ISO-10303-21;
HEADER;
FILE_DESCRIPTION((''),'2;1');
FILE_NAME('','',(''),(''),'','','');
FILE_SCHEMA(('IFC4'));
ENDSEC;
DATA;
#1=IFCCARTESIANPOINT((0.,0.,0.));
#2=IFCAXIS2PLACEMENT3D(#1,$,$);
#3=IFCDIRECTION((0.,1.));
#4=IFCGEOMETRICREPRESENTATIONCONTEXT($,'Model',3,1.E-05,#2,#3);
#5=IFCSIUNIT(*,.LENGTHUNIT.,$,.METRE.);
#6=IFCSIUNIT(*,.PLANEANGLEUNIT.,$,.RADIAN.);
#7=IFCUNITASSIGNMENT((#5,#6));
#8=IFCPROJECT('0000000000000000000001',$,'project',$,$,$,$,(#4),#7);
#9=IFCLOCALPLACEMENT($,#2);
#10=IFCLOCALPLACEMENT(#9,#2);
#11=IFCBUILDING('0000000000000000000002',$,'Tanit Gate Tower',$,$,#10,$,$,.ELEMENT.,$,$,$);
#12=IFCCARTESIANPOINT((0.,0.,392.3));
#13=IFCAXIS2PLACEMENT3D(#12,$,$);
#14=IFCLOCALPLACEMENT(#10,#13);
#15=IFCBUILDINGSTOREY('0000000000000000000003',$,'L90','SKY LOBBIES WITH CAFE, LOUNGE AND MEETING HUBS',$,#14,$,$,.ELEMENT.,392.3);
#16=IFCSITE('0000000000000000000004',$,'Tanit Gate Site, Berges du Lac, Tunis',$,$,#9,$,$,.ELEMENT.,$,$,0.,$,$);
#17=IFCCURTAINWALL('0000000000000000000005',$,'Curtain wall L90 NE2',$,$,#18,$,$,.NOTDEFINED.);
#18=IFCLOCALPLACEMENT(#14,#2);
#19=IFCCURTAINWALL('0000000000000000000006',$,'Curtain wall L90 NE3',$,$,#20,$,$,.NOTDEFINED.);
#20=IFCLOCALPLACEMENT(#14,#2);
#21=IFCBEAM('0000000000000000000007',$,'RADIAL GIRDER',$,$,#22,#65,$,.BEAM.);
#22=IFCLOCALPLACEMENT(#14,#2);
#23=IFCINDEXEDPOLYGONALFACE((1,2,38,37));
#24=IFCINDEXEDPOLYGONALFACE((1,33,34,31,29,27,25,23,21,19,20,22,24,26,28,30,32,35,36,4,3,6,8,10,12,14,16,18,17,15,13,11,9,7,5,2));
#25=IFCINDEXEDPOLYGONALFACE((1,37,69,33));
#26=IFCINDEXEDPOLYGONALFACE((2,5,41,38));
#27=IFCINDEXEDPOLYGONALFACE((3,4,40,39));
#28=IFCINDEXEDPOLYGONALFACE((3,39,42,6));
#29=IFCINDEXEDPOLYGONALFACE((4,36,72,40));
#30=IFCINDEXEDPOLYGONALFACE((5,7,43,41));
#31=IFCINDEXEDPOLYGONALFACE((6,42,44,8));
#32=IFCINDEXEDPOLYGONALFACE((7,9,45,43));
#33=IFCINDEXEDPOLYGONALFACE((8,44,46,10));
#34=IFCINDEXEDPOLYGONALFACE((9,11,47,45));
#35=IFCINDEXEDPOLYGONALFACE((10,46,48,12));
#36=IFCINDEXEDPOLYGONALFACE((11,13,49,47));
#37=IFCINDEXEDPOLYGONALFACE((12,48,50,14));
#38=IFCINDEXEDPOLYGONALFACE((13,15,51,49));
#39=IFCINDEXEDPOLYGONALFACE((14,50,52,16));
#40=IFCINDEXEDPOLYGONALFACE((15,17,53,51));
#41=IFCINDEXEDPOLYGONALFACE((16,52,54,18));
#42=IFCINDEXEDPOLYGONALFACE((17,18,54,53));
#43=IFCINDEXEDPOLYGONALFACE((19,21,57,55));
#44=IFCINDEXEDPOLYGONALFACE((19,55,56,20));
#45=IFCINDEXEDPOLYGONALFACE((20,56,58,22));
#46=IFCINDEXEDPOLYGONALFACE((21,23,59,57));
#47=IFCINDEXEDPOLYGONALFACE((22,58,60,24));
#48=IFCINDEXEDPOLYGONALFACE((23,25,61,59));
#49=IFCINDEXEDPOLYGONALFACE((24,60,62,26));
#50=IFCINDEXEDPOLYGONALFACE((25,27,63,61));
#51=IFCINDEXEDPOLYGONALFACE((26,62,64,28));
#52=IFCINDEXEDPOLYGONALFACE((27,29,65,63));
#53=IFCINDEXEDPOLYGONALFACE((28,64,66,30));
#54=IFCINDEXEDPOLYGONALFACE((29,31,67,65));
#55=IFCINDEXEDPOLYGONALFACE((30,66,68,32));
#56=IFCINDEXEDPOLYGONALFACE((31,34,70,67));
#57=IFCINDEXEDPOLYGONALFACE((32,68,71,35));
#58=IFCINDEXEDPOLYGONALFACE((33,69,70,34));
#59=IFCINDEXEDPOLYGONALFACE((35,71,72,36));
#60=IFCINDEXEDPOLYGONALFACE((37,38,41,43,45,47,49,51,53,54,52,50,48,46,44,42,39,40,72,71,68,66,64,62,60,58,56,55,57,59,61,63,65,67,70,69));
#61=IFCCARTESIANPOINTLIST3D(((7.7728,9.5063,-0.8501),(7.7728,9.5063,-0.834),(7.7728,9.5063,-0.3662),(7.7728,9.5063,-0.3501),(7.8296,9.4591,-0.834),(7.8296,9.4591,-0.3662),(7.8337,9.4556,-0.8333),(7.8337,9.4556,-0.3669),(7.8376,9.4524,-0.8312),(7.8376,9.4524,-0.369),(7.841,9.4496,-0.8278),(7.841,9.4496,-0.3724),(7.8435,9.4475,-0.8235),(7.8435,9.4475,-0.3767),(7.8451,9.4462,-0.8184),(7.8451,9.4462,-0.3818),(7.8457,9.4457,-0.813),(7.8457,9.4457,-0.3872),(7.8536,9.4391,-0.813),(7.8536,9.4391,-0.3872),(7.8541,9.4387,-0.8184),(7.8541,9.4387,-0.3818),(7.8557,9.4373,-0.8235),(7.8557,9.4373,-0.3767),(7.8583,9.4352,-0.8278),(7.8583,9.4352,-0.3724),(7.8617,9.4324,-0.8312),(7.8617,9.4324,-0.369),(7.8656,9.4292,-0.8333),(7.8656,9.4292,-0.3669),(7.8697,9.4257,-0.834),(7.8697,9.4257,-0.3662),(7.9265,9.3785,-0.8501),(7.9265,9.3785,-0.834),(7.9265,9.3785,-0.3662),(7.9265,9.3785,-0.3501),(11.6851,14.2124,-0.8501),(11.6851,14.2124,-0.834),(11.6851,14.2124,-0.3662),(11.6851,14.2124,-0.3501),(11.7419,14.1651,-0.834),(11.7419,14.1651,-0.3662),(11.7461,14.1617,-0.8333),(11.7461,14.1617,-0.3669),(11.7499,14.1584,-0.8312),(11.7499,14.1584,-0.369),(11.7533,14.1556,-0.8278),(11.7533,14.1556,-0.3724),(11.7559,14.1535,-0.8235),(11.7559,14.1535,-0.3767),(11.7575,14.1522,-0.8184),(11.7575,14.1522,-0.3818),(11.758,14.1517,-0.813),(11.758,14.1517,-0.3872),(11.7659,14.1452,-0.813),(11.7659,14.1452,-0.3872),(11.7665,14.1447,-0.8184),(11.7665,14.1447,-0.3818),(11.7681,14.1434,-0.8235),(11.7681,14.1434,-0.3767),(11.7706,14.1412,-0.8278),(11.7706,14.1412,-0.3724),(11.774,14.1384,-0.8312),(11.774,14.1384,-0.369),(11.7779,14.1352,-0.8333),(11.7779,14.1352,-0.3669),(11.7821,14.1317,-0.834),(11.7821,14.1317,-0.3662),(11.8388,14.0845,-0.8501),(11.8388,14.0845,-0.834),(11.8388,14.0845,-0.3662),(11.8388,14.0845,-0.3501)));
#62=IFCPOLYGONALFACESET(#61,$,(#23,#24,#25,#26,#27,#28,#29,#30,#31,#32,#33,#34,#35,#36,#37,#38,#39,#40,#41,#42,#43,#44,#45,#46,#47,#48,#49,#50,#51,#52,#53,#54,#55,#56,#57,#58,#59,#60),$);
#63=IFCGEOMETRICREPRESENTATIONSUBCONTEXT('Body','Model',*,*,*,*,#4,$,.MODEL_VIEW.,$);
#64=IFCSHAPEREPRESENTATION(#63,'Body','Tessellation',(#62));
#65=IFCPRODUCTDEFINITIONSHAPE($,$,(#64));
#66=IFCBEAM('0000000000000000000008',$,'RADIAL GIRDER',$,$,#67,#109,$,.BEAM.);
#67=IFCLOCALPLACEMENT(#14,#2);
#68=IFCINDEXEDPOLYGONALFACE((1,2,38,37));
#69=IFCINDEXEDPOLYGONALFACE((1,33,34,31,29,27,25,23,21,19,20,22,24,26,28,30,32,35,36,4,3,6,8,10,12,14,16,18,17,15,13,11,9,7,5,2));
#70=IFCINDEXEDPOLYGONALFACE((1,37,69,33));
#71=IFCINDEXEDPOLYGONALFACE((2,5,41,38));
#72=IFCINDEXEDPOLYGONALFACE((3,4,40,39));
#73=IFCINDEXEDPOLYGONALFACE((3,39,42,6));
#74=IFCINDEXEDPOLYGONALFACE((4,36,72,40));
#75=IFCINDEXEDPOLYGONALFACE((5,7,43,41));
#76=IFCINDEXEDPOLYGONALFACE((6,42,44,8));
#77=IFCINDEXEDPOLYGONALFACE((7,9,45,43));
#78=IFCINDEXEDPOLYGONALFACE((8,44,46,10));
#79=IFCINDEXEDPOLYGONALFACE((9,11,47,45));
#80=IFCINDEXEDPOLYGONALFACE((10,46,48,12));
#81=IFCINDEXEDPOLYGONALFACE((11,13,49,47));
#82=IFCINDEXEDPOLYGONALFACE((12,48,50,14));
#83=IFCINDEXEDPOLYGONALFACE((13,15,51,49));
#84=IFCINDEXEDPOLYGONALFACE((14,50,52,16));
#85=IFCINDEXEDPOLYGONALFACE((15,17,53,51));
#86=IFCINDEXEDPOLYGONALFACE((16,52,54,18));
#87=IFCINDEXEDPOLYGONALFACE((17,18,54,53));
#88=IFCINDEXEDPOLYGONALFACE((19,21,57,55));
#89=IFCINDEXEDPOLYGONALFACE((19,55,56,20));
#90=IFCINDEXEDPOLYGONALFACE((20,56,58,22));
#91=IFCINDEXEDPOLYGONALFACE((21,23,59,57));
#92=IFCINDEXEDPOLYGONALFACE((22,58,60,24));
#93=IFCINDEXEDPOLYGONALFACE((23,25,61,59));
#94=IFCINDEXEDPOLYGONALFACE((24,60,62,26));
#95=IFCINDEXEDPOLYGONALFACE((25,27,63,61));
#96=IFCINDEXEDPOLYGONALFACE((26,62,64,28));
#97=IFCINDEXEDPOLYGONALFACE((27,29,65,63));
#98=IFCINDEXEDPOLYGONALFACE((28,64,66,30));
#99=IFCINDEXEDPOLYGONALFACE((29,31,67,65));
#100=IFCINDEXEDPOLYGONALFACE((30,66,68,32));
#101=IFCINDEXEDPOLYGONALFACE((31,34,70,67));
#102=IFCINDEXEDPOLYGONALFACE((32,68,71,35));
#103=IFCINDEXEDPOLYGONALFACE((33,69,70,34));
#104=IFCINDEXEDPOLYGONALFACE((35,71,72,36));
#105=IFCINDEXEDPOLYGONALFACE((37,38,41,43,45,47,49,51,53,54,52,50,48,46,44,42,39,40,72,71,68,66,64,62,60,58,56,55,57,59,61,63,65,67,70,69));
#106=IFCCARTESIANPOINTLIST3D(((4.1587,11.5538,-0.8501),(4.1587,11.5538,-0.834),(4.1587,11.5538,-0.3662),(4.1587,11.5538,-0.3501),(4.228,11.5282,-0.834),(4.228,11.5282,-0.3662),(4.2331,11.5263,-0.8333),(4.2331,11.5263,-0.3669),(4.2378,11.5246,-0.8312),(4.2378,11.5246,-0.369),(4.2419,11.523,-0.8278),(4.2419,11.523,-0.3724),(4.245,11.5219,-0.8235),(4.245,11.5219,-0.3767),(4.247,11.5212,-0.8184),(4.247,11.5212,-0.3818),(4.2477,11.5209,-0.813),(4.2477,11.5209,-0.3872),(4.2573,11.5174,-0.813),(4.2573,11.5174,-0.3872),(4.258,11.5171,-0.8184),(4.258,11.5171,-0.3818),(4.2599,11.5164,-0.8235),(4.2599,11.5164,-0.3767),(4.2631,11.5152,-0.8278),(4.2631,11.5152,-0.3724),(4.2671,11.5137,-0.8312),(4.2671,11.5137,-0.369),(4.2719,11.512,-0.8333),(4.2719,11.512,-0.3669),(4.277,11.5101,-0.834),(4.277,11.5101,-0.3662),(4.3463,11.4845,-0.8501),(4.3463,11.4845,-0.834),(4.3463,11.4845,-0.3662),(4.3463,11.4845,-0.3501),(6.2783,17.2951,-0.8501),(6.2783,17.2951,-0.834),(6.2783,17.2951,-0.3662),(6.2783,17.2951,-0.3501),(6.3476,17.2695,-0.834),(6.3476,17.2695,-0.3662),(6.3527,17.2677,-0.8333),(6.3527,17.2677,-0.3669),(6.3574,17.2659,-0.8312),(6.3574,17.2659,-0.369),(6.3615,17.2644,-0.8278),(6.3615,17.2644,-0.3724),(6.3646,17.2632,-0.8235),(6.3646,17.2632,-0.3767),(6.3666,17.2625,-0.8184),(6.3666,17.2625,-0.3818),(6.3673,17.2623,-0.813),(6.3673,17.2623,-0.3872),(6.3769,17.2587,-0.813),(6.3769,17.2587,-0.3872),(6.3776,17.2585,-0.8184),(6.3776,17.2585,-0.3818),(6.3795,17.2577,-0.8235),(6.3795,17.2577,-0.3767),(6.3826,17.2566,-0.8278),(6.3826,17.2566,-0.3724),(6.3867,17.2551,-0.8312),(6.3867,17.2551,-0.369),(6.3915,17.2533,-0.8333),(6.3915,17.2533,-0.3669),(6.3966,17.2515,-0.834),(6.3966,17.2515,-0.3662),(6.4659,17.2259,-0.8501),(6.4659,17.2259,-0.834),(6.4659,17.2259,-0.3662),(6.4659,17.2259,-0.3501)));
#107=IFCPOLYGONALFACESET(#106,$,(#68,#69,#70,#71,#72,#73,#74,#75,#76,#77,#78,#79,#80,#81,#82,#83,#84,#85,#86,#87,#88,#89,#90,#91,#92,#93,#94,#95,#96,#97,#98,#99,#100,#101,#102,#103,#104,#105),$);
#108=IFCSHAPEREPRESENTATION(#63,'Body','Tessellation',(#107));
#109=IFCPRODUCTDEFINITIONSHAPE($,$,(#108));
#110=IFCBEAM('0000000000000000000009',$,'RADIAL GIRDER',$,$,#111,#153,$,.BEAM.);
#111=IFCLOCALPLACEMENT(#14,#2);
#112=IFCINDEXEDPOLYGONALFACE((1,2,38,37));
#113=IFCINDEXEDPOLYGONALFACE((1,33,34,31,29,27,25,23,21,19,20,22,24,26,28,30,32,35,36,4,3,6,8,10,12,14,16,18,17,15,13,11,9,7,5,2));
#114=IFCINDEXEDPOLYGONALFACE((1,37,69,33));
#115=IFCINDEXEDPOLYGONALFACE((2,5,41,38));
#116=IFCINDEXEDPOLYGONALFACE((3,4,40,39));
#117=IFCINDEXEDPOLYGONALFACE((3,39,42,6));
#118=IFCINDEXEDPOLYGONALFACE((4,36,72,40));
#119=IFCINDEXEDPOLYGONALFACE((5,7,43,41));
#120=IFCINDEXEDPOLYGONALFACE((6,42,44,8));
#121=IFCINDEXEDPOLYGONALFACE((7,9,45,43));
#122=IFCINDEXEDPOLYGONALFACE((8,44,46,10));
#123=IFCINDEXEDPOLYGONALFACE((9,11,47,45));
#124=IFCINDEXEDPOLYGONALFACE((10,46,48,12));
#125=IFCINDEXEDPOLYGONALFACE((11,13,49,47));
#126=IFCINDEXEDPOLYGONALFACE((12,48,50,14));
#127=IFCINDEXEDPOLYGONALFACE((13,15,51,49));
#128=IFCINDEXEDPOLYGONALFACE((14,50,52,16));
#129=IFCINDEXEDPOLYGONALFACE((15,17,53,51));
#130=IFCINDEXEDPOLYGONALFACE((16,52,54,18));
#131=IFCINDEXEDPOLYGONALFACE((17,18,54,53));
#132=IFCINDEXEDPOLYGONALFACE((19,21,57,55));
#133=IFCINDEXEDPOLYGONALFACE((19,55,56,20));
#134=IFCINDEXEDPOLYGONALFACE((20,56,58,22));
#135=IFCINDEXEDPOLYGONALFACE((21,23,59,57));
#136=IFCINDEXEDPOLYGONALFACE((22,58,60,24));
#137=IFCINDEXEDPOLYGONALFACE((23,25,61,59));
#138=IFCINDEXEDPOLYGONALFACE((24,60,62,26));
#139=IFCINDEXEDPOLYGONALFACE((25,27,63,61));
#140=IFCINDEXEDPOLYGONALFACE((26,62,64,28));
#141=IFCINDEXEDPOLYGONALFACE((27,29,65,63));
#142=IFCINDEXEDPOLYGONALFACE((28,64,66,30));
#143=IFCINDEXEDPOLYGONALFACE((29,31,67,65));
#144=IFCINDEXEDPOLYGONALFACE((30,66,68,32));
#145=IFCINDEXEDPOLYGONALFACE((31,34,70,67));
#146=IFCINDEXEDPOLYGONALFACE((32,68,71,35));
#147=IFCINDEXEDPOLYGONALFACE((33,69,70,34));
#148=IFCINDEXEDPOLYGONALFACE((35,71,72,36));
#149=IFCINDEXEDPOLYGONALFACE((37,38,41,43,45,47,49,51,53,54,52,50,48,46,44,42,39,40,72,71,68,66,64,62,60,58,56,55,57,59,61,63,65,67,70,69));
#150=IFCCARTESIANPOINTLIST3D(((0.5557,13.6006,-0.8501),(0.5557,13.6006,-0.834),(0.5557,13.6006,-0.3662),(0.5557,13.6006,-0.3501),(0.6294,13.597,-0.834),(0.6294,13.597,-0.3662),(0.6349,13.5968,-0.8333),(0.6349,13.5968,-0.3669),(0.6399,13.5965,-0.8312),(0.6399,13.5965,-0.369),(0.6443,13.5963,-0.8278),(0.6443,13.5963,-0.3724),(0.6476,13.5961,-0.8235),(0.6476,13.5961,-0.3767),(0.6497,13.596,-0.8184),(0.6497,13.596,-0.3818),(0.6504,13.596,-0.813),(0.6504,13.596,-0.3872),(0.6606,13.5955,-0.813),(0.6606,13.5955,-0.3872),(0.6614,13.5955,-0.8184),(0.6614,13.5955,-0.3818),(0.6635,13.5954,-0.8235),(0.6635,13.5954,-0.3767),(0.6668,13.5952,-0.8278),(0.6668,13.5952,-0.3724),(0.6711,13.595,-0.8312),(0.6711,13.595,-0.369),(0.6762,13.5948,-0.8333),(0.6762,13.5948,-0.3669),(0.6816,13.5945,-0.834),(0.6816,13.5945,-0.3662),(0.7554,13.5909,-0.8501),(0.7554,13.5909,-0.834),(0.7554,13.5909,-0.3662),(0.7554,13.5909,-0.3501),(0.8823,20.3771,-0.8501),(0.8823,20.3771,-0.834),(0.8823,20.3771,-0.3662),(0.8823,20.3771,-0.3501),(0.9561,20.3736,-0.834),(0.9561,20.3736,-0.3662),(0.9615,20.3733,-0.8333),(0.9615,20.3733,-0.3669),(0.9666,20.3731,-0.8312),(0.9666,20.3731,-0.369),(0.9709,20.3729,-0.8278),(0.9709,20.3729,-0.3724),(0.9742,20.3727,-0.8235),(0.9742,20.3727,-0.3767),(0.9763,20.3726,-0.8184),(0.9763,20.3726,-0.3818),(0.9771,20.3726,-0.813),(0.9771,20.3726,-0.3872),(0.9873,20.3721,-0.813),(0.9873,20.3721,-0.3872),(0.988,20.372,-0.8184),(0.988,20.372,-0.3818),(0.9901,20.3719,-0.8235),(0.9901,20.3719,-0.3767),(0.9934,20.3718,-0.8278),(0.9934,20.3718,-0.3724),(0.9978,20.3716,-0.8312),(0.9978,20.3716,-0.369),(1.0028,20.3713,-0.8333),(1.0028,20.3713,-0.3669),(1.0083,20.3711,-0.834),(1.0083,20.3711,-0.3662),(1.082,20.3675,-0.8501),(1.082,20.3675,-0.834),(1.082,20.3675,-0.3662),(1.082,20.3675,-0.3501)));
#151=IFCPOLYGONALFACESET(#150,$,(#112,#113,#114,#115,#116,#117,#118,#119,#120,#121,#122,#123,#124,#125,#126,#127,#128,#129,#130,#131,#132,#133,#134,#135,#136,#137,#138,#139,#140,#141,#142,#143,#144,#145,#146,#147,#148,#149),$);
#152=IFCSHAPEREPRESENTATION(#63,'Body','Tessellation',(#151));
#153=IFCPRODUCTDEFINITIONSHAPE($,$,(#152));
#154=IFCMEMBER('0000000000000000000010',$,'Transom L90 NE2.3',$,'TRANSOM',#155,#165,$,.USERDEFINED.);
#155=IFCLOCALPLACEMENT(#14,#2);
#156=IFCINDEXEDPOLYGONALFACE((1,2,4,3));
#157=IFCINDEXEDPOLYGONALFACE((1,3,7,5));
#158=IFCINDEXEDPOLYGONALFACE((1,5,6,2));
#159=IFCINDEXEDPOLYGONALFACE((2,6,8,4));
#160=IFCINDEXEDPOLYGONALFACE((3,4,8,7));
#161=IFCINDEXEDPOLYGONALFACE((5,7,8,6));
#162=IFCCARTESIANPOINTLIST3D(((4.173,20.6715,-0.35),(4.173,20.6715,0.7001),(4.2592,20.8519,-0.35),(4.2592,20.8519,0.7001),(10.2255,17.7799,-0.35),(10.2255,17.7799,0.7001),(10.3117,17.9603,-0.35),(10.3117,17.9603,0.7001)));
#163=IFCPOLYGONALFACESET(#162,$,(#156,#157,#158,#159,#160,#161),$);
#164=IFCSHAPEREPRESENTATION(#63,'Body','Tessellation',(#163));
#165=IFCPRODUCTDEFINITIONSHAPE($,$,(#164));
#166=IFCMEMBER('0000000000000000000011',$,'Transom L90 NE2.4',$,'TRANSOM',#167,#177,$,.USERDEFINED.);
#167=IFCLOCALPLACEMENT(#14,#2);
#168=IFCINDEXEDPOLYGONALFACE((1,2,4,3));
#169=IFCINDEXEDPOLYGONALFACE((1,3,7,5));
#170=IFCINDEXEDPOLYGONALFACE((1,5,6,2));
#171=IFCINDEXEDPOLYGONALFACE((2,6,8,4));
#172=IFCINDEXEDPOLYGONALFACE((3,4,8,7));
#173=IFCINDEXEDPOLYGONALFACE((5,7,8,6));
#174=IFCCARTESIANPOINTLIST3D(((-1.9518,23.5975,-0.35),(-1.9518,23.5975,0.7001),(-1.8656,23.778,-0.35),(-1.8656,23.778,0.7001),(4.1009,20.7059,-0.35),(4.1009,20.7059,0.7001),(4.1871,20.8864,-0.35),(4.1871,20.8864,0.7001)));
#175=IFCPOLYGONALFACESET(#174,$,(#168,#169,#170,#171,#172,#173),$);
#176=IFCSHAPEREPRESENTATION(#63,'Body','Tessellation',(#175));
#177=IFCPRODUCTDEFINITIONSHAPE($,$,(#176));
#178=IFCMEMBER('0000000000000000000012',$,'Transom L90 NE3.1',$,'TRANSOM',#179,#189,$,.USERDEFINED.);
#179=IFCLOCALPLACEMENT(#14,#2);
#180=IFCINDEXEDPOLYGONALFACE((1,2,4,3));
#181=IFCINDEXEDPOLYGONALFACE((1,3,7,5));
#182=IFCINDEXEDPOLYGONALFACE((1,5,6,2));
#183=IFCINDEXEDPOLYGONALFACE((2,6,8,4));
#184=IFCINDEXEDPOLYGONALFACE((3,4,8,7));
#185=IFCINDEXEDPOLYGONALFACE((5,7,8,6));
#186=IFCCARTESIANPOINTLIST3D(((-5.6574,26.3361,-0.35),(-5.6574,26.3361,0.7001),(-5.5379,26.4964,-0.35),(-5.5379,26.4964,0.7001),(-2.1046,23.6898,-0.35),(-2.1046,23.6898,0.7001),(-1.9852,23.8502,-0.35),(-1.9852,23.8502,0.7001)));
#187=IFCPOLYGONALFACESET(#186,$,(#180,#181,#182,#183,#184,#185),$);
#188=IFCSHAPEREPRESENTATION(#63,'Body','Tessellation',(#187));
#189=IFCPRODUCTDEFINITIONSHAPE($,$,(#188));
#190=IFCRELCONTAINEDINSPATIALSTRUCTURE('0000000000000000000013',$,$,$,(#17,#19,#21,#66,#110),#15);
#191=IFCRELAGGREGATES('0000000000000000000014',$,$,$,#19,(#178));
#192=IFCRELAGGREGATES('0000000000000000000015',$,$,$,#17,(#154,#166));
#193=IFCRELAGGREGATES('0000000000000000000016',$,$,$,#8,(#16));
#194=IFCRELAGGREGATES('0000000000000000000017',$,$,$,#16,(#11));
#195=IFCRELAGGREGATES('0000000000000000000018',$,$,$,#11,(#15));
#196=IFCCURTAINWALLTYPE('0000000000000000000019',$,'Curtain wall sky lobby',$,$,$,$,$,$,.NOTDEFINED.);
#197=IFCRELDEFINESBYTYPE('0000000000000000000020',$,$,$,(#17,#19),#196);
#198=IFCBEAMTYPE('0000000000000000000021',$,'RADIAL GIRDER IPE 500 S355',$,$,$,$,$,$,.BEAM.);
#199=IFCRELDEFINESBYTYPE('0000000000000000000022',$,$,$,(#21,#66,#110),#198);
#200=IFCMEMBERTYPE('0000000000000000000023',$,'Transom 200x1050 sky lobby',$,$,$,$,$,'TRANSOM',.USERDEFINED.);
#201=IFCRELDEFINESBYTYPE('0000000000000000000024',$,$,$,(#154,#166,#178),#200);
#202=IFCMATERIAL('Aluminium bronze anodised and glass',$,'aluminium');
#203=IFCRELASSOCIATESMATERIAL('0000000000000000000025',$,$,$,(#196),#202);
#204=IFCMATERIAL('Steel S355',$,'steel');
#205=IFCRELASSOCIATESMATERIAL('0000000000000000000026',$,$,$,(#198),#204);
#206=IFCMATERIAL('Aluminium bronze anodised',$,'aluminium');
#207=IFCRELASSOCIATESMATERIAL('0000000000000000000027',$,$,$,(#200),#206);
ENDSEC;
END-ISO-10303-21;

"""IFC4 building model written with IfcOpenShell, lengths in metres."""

from ifc_helpers import new_model, si_unit, direction, frame, origin, origin_2d, place, context, subcontext, project, spatial, rectangle, i_section, extrude, material, material_profile, profile_set, type_object, element, aggregate, save


model = new_model("IFC4")

# Units and contexts
model_context = context("Model", 3, precision=1e-05, world=origin(), true_north=direction((0.0, 1.0)))
body_context = subcontext(model_context, "Body", "Model", "MODEL_VIEW")
ifc_project = project(units=[si_unit("LENGTHUNIT", "METRE"), si_unit("PLANEANGLEUNIT", "RADIAN")], contexts=[model_context])

# Site, building, storey
site_placement = place(None, origin())
site = spatial("IfcSite", under=ifc_project, at=site_placement, Name="Tanit Gate Site, Berges du Lac, Tunis", CompositionType="ELEMENT", RefElevation=0.0)
building_placement = place(site_placement, origin())
building = spatial("IfcBuilding", under=site, at=building_placement, Name="Tanit Gate Tower", CompositionType="ELEMENT")
storey_placement = place(building_placement, frame((0.0, 0.0, 392.3)))
storey = spatial("IfcBuildingStorey", under=building, at=storey_placement, Name="L90", Description="SKY LOBBIES WITH CAFE, LOUNGE AND MEETING HUBS", CompositionType="ELEMENT", Elevation=392.3)

# Curtain wall
ifc_material_1 = material(Name="Aluminium bronze anodised and glass", Category="aluminium")
curtain_wall_type = type_object("IfcCurtainWallType", Name="Curtain wall sky lobby", PredefinedType="NOTDEFINED", material=ifc_material_1)
curtain_wall_1_placement = place(storey_placement, origin())
curtain_wall_1 = element("IfcCurtainWall", 1, at=curtain_wall_1_placement, inside=storey, type_object=curtain_wall_type, Name="Curtain wall L90 NE2", PredefinedType="NOTDEFINED")

# Curtain wall
curtain_wall_2_placement = place(storey_placement, origin())
curtain_wall_2 = element("IfcCurtainWall", 2, at=curtain_wall_2_placement, inside=storey, type_object=curtain_wall_type, Name="Curtain wall L90 NE3", PredefinedType="NOTDEFINED")

# Beams
ifc_material_2 = material(Name="Steel S355", Category="steel")
ifc_material_profile_1 = material_profile(ifc_material_2, i_section(OverallWidth=0.2, OverallDepth=0.5, WebThickness=0.0103, FlangeThickness=0.0161, FilletRadius=0.021, at=origin_2d()), Name="IPE 500")
ifc_profile_set_1 = profile_set([ifc_material_profile_1], Name="Steel S355")
beam_type_1 = type_object("IfcBeamType", Name="RADIAL GIRDER IPE 500 S355", PredefinedType="BEAM", material=ifc_profile_set_1)
beam_1_placement = place(storey_placement, frame((11.762, 14.1484, -0.6001), z_axis=(-0.639281, -0.768973, 0.0), x_axis=(0.768973, -0.639281, 0.0)))
element("IfcBeam", 3, at=beam_1_placement, inside=storey, type_object=beam_type_1, Name="RADIAL GIRDER", PredefinedType="BEAM", context=body_context, shape_type="SweptSolid", body=[
    extrude(i_section(OverallWidth=0.2, OverallDepth=0.5, WebThickness=0.0103, FlangeThickness=0.0161, FilletRadius=0.021, at=origin_2d()), origin(), (0.0, 0.0, 1.0), 6.1199),
])
beam_2_placement = place(storey_placement, frame((6.3721, 17.2605, -0.6001), z_axis=(-0.346332, -0.938112, 0.0), x_axis=(0.938112, -0.346332, 0.0)))
element("IfcBeam", 4, at=beam_2_placement, inside=storey, type_object=beam_type_1, Name="RADIAL GIRDER", PredefinedType="BEAM", context=body_context, shape_type="SweptSolid", body=[
    extrude(i_section(OverallWidth=0.2, OverallDepth=0.5, WebThickness=0.0103, FlangeThickness=0.0161, FilletRadius=0.021, at=origin_2d()), origin(), (0.0, 0.0, 1.0), 6.1201),
])
beam_3_placement = place(storey_placement, frame((0.9822, 20.3723, -0.6001), z_axis=(-0.048148, -0.99884, 0.0), x_axis=(0.99884, -0.048148, 0.0)))
element("IfcBeam", 5, at=beam_3_placement, inside=storey, type_object=beam_type_1, Name="RADIAL GIRDER", PredefinedType="BEAM", context=body_context, shape_type="SweptSolid", body=[
    extrude(i_section(OverallWidth=0.2, OverallDepth=0.5, WebThickness=0.0103, FlangeThickness=0.0161, FilletRadius=0.021, at=origin_2d()), origin(), (0.0, 0.0, 1.0), 6.7844),
])

# Members
ifc_material_3 = material(Name="Aluminium bronze anodised", Category="aluminium")
ifc_material_profile_2 = material_profile(ifc_material_3, rectangle(XDim=0.2, YDim=1.05, at=origin_2d()), Name="200x1050 bronze transom")
ifc_profile_set_2 = profile_set([ifc_material_profile_2], Name="Aluminium bronze anodised")
member_type_1 = type_object("IfcMemberType", Name="Transom 200x1050 sky lobby", ElementType="TRANSOM", PredefinedType="USERDEFINED", material=ifc_profile_set_2)
member_1_placement = place(storey_placement, frame((10.2686, 17.8701, 0.175), z_axis=(-0.902312, 0.431083, 0.0), x_axis=(-0.431083, -0.902312, 0.0)))
member_1 = element("IfcMember", 6, at=member_1_placement, type_object=member_type_1, Name="Transom L90 NE2.3", ObjectType="TRANSOM", PredefinedType="USERDEFINED", context=body_context, shape_type="SweptSolid", body=[
    extrude(rectangle(XDim=0.2, YDim=1.05, at=origin_2d()), origin(), (0.0, 0.0, 1.0), 6.7078),
])
member_2_placement = place(storey_placement, frame((4.144, 20.7961, 0.175), z_axis=(-0.902319, 0.431069, 0.0), x_axis=(-0.431069, -0.902319, 0.0)))
member_2 = element("IfcMember", 7, at=member_2_placement, type_object=member_type_1, Name="Transom L90 NE2.4", ObjectType="TRANSOM", PredefinedType="USERDEFINED", context=body_context, shape_type="SweptSolid", body=[
    extrude(rectangle(XDim=0.2, YDim=1.05, at=origin_2d()), origin(), (0.0, 0.0, 1.0), 6.708),
])
member_3_placement = place(storey_placement, frame((-2.0449, 23.77, 0.175), z_axis=(-0.80198, 0.597351, 0.0), x_axis=(-0.597351, -0.80198, 0.0)))
member_3 = element("IfcMember", 8, at=member_3_placement, type_object=member_type_1, Name="Transom L90 NE3.1", ObjectType="TRANSOM", PredefinedType="USERDEFINED", context=body_context, shape_type="SweptSolid", body=[
    extrude(rectangle(XDim=0.2, YDim=1.05, at=origin_2d()), origin(), (0.0, 0.0, 1.0), 4.4299),
])
aggregate(curtain_wall_2, [member_3])

aggregate(curtain_wall_1, [member_1, member_2])

save(model, "model.ifc")
